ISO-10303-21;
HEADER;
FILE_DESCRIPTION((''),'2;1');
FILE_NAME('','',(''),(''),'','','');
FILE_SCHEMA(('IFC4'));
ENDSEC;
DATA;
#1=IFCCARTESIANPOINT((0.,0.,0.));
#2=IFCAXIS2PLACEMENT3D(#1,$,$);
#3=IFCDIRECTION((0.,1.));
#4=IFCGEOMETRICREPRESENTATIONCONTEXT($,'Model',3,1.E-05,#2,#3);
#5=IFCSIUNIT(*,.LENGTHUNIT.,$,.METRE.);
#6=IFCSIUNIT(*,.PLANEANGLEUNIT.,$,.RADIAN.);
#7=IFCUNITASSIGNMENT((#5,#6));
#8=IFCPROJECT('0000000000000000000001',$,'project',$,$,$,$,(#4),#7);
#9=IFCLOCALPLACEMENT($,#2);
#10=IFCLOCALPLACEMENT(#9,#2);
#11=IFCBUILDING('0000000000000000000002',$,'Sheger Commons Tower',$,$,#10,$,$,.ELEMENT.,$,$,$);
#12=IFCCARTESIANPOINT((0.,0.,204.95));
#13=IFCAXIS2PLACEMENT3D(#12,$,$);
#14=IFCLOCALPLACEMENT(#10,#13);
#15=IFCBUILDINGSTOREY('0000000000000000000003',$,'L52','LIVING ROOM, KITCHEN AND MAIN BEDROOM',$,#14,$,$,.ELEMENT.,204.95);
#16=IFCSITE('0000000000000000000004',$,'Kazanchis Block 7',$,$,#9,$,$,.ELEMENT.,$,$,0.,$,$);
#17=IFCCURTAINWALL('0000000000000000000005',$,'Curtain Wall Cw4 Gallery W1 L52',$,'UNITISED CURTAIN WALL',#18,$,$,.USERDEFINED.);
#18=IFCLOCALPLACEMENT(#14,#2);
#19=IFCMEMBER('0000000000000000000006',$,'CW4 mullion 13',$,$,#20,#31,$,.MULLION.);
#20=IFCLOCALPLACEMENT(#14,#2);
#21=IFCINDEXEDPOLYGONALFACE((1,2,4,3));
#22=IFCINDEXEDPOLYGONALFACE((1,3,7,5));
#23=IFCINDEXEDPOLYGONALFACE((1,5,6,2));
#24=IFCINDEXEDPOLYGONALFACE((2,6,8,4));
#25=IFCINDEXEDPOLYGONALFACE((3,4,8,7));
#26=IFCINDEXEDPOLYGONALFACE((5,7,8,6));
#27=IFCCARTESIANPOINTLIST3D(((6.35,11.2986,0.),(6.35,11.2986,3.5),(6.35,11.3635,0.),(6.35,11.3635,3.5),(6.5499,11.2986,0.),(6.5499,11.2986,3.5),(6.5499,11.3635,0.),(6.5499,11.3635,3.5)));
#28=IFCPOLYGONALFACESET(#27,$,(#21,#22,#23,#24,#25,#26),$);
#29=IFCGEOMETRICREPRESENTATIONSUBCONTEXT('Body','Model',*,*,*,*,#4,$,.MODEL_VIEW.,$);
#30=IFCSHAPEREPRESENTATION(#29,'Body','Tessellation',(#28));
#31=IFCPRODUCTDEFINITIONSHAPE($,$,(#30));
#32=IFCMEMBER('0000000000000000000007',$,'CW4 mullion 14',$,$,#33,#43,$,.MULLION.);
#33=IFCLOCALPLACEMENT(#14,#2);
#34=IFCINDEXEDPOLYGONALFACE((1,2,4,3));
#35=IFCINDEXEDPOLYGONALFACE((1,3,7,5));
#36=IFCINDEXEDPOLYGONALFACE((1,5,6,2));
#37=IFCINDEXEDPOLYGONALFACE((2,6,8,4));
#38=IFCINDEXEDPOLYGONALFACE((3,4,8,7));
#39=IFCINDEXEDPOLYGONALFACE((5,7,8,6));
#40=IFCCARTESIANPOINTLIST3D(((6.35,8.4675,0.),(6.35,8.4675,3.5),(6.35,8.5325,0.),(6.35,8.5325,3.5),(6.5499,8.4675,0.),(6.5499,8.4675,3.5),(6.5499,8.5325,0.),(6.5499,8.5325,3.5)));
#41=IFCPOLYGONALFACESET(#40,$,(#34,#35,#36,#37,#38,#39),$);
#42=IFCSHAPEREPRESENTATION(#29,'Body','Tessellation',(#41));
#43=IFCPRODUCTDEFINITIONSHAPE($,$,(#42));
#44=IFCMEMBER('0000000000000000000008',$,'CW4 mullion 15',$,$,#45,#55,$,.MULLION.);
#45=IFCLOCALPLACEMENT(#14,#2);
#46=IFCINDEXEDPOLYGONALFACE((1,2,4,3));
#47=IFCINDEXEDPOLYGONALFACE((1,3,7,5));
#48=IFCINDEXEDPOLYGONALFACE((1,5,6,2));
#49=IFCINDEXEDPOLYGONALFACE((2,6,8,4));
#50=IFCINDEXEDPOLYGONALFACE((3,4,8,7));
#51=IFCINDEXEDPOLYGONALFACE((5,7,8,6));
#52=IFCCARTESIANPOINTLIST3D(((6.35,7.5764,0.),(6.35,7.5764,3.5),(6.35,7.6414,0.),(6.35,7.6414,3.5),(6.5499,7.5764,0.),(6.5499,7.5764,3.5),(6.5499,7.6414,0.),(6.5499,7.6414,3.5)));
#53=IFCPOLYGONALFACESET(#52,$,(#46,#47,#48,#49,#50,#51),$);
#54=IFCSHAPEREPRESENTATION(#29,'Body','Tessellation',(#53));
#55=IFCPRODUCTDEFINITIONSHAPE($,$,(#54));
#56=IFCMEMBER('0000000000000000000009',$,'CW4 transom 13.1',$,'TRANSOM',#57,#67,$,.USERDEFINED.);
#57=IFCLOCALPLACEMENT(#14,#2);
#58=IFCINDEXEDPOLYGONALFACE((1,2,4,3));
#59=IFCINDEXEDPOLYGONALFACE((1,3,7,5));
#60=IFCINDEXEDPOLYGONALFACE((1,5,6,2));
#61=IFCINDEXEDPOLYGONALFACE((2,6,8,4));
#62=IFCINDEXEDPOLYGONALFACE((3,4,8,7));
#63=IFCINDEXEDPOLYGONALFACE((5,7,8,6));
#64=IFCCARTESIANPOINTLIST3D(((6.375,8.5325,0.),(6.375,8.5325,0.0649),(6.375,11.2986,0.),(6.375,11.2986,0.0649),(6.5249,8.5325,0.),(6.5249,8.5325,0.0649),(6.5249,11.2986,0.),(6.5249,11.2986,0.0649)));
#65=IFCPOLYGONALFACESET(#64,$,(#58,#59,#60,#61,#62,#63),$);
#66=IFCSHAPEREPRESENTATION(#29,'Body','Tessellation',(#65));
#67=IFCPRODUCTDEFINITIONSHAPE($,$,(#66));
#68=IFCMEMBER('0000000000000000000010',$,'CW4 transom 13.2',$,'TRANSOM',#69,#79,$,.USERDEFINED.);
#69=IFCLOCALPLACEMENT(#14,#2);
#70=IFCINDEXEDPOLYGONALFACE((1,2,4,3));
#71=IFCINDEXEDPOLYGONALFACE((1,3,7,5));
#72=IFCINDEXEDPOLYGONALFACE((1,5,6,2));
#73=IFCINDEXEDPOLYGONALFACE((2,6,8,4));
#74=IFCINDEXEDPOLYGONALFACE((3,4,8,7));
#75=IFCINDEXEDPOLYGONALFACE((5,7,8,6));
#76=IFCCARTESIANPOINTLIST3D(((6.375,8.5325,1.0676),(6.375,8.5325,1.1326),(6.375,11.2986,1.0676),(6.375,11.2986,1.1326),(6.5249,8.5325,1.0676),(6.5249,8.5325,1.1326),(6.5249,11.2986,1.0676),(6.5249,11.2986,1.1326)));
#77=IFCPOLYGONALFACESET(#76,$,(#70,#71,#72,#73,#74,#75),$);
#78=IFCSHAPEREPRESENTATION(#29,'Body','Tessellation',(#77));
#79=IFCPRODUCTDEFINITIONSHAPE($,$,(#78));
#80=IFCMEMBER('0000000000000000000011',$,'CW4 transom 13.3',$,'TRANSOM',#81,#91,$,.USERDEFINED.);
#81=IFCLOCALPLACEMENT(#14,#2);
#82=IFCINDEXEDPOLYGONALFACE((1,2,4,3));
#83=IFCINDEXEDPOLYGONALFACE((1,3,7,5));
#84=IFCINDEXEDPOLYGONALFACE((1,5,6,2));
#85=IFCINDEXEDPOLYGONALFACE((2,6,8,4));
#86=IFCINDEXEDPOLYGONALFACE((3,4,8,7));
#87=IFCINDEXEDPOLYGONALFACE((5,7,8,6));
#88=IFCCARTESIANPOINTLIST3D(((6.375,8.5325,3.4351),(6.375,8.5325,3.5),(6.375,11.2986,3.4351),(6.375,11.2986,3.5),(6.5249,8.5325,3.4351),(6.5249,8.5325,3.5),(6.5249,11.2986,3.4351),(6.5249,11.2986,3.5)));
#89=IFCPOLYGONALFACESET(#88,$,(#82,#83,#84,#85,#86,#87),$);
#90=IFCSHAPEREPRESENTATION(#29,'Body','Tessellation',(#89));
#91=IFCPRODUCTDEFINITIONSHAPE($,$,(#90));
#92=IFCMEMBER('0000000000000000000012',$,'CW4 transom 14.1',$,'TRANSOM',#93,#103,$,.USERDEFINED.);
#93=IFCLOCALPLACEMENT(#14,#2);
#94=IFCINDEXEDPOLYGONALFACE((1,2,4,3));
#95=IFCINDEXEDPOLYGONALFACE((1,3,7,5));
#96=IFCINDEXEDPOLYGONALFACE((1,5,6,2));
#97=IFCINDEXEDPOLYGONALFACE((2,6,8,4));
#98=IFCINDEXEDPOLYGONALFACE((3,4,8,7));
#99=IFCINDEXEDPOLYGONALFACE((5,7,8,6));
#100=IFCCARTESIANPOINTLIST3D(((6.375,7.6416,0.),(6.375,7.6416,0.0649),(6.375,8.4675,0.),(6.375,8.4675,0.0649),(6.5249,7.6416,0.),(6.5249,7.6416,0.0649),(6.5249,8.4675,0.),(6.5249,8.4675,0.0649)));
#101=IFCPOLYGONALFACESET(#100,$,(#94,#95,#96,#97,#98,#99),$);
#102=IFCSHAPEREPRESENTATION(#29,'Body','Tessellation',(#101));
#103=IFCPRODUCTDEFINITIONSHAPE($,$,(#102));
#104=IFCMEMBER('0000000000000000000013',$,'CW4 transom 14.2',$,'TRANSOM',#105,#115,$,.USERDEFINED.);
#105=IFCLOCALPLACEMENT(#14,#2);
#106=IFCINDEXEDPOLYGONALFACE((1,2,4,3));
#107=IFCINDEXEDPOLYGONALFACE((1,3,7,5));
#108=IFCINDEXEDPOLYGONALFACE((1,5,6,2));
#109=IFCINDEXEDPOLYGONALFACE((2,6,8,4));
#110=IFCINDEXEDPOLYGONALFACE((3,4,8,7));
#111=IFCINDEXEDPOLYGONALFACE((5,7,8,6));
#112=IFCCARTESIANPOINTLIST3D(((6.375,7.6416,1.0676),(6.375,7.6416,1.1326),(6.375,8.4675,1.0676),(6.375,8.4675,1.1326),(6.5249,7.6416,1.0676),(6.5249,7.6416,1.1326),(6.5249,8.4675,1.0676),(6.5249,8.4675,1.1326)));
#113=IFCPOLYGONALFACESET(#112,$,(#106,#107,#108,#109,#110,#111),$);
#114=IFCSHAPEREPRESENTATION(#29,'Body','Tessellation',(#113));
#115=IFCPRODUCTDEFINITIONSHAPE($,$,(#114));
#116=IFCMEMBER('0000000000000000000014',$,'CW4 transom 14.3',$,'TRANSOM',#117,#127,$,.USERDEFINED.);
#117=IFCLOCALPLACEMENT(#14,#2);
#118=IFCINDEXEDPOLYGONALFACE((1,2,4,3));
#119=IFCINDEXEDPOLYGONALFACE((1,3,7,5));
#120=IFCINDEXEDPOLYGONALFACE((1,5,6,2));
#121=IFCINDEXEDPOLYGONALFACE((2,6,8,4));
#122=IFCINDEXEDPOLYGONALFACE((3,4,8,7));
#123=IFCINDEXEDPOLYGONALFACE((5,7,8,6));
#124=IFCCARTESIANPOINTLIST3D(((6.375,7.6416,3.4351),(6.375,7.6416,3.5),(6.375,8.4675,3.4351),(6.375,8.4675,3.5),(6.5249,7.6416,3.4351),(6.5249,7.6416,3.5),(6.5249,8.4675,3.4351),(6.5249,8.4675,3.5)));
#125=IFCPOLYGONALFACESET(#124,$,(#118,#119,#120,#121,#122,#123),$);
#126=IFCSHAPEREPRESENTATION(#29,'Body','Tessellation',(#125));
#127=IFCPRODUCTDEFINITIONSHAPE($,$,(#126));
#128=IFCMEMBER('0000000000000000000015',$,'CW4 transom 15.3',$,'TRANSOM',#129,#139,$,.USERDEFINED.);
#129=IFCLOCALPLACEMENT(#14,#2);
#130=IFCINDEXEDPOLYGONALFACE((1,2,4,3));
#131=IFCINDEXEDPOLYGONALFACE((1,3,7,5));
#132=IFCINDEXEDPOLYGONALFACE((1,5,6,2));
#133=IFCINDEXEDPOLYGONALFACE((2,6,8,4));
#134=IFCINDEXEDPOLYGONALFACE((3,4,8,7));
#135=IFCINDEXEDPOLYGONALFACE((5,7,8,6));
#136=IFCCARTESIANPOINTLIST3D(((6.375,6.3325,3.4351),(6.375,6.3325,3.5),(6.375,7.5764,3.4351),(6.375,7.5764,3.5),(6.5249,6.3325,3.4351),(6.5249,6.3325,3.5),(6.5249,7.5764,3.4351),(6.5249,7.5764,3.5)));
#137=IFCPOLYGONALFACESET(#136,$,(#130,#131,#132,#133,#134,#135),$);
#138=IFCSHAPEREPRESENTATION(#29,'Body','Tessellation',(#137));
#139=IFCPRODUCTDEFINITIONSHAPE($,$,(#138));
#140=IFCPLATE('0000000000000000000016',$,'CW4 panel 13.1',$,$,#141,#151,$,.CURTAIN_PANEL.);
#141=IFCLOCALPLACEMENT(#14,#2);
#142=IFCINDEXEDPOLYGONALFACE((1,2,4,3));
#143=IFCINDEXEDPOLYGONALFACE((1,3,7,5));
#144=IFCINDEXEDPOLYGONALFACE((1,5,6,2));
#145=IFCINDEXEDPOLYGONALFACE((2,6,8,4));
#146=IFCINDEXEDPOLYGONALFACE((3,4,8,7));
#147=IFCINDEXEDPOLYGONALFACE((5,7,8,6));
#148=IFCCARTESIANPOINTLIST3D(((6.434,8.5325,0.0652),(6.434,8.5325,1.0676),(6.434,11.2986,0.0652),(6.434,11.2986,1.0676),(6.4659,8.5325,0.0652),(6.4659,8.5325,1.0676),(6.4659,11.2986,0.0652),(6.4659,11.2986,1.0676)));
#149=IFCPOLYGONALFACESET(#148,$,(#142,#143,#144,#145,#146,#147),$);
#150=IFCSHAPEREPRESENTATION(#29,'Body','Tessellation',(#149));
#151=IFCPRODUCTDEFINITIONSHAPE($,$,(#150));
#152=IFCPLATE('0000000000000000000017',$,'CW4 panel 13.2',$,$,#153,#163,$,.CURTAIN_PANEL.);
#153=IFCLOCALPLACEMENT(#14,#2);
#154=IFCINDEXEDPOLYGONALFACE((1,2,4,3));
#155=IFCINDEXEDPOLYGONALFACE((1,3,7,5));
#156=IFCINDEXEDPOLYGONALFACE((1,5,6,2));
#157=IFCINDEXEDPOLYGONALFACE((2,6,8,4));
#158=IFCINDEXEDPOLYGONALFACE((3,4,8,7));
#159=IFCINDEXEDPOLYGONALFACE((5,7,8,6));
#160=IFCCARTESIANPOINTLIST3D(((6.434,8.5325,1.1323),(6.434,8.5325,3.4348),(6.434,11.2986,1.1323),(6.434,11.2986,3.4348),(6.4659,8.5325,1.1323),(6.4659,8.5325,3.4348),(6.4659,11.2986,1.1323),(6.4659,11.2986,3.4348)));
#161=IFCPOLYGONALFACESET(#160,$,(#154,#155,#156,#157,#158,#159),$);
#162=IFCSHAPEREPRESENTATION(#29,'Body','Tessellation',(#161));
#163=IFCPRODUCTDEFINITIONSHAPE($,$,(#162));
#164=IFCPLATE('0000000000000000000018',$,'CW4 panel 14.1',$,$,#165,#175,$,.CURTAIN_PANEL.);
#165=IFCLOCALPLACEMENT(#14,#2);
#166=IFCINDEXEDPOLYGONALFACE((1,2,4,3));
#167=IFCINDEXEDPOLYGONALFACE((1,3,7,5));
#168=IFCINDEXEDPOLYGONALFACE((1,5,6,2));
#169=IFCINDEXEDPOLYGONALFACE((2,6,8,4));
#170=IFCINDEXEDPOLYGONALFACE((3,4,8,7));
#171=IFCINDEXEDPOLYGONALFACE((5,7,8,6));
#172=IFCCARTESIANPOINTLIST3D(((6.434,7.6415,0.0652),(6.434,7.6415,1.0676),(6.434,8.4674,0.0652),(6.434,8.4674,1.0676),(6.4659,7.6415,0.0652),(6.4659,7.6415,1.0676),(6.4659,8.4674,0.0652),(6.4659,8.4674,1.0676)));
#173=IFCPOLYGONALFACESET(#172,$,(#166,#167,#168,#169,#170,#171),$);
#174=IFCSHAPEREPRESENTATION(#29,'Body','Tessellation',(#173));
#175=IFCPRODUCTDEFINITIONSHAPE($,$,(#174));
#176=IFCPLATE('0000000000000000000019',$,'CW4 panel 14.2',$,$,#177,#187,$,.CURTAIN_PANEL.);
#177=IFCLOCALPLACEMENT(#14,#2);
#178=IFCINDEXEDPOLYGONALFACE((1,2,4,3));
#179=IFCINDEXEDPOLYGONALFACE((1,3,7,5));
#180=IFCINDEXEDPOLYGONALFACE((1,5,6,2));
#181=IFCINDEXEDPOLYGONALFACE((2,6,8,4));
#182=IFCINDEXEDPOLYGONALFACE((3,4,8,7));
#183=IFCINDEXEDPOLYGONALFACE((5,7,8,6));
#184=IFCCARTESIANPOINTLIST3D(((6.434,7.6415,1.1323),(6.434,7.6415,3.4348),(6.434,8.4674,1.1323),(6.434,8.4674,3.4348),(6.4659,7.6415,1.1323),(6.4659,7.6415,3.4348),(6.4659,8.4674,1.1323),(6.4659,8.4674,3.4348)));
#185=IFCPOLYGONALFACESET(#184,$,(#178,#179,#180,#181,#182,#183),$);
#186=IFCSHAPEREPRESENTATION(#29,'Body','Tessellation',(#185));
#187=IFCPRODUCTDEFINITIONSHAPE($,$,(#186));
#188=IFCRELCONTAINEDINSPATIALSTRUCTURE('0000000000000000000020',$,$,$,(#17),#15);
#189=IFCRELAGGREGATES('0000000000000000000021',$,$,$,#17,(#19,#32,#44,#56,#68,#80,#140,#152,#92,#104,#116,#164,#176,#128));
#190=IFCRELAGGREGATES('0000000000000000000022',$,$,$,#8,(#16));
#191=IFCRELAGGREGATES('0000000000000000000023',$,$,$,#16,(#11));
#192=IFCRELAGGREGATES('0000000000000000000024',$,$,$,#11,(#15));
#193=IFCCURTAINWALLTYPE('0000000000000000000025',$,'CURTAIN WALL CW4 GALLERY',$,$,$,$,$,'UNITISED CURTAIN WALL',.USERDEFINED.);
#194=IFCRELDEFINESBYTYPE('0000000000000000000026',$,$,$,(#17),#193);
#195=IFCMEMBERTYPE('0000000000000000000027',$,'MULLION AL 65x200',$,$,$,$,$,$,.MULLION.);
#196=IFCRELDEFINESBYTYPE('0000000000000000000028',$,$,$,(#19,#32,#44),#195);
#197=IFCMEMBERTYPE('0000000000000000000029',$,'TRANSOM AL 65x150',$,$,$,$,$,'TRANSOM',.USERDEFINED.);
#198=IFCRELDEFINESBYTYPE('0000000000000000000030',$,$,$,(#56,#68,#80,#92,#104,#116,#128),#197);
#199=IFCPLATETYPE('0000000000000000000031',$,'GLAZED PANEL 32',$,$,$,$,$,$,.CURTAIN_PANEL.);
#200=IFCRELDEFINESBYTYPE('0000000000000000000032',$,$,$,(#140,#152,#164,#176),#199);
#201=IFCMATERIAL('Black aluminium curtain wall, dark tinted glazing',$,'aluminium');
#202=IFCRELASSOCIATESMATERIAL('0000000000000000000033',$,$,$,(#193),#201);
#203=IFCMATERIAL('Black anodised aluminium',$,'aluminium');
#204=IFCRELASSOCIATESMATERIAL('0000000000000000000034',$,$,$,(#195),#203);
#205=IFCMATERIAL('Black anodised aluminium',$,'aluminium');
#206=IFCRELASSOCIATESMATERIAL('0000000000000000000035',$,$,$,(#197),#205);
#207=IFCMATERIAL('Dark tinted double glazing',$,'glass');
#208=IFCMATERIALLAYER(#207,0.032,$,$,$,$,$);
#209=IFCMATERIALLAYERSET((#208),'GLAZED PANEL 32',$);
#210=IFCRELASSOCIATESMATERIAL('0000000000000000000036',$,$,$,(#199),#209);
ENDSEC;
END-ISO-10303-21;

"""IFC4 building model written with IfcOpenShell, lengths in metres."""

from ifc_helpers import new_model, si_unit, direction, frame, origin, origin_2d, place, context, subcontext, project, spatial, rectangle, extrude, material, layer, layer_set, material_profile, profile_set, type_object, element, aggregate, save


model = new_model("IFC4")

# Units and contexts
model_context = context("Model", 3, precision=1e-05, world=origin(), true_north=direction((0.0, 1.0)))
body_context = subcontext(model_context, "Body", "Model", "MODEL_VIEW")
ifc_project = project(units=[si_unit("LENGTHUNIT", "METRE"), si_unit("PLANEANGLEUNIT", "RADIAN")], contexts=[model_context])

# Site, building, storey
site_placement = place(None, origin())
site = spatial("IfcSite", under=ifc_project, at=site_placement, Name="Kazanchis Block 7", CompositionType="ELEMENT", RefElevation=0.0)
building_placement = place(site_placement, origin())
building = spatial("IfcBuilding", under=site, at=building_placement, Name="Sheger Commons Tower", CompositionType="ELEMENT")
storey_placement = place(building_placement, frame((0.0, 0.0, 204.95)))
storey = spatial("IfcBuildingStorey", under=building, at=storey_placement, Name="L52", Description="LIVING ROOM, KITCHEN AND MAIN BEDROOM", CompositionType="ELEMENT", Elevation=204.95)

# Curtain wall, members, plates
ifc_material_1 = material(Name="Black aluminium curtain wall, dark tinted glazing", Category="aluminium")
curtain_wall_type = type_object("IfcCurtainWallType", Name="CURTAIN WALL CW4 GALLERY", ElementType="UNITISED CURTAIN WALL", PredefinedType="USERDEFINED", material=ifc_material_1)
curtain_wall_placement = place(storey_placement, origin())
curtain_wall = element("IfcCurtainWall", 1, at=curtain_wall_placement, inside=storey, type_object=curtain_wall_type, Name="Curtain Wall Cw4 Gallery W1 L52", ObjectType="UNITISED CURTAIN WALL", PredefinedType="USERDEFINED")
ifc_material_2 = material(Name="Black anodised aluminium", Category="aluminium")
ifc_material_profile_1 = material_profile(ifc_material_2, rectangle(XDim=0.2, YDim=0.0649, at=origin_2d()), Name="AL 65x200")
ifc_profile_set_1 = profile_set([ifc_material_profile_1], Name="Black anodised aluminium")
member_type_1 = type_object("IfcMemberType", Name="MULLION AL 65x200", PredefinedType="MULLION", material=ifc_profile_set_1)
member_1_placement = place(storey_placement, frame((6.45, 11.3311, 0.0), z_axis=(0.0, 0.0, 1.0), x_axis=(1.0, 0.0, 0.0)))
member_1 = element("IfcMember", 2, at=member_1_placement, type_object=member_type_1, Name="CW4 mullion 13", PredefinedType="MULLION", context=body_context, shape_type="SweptSolid", body=[
    extrude(rectangle(XDim=0.2, YDim=0.0649, at=origin_2d()), origin(), (0.0, 0.0, 1.0), 3.5),
])
member_2_placement = place(storey_placement, frame((6.45, 8.5, 0.0), z_axis=(0.0, 0.0, 1.0), x_axis=(1.0, 0.0, 0.0)))
member_2 = element("IfcMember", 3, at=member_2_placement, type_object=member_type_1, Name="CW4 mullion 14", PredefinedType="MULLION", context=body_context, shape_type="SweptSolid", body=[
    extrude(rectangle(XDim=0.2, YDim=0.0649, at=origin_2d()), origin(), (0.0, 0.0, 1.0), 3.5),
])
member_3_placement = place(storey_placement, frame((6.45, 7.6089, 0.0), z_axis=(0.0, 0.0, 1.0), x_axis=(1.0, 0.0, 0.0)))
member_3 = element("IfcMember", 4, at=member_3_placement, type_object=member_type_1, Name="CW4 mullion 15", PredefinedType="MULLION", context=body_context, shape_type="SweptSolid", body=[
    extrude(rectangle(XDim=0.2, YDim=0.0649, at=origin_2d()), origin(), (0.0, 0.0, 1.0), 3.5),
])
ifc_material_3 = material(Name="Black anodised aluminium", Category="aluminium")
ifc_material_profile_2 = material_profile(ifc_material_3, rectangle(XDim=0.1499, YDim=0.0649, at=origin_2d()), Name="AL 65x150")
ifc_profile_set_2 = profile_set([ifc_material_profile_2], Name="Black anodised aluminium")
member_type_2 = type_object("IfcMemberType", Name="TRANSOM AL 65x150", ElementType="TRANSOM", PredefinedType="USERDEFINED", material=ifc_profile_set_2)
member_4_placement = place(storey_placement, frame((6.45, 11.2986, 0.0325), z_axis=(0.0, -1.0, 0.0), x_axis=(1.0, 0.0, 0.0)))
member_4 = element("IfcMember", 5, at=member_4_placement, type_object=member_type_2, Name="CW4 transom 13.1", ObjectType="TRANSOM", PredefinedType="USERDEFINED", context=body_context, shape_type="SweptSolid", body=[
    extrude(rectangle(XDim=0.1499, YDim=0.0649, at=origin_2d()), origin(), (0.0, 0.0, 1.0), 2.7661),
])
member_5_placement = place(storey_placement, frame((6.45, 11.2986, 1.1001), z_axis=(0.0, -1.0, 0.0), x_axis=(1.0, 0.0, 0.0)))
member_5 = element("IfcMember", 6, at=member_5_placement, type_object=member_type_2, Name="CW4 transom 13.2", ObjectType="TRANSOM", PredefinedType="USERDEFINED", context=body_context, shape_type="SweptSolid", body=[
    extrude(rectangle(XDim=0.1499, YDim=0.0649, at=origin_2d()), origin(), (0.0, 0.0, 1.0), 2.7661),
])
member_6_placement = place(storey_placement, frame((6.45, 11.2986, 3.4675), z_axis=(0.0, -1.0, 0.0), x_axis=(1.0, 0.0, 0.0)))
member_6 = element("IfcMember", 7, at=member_6_placement, type_object=member_type_2, Name="CW4 transom 13.3", ObjectType="TRANSOM", PredefinedType="USERDEFINED", context=body_context, shape_type="SweptSolid", body=[
    extrude(rectangle(XDim=0.1499, YDim=0.0649, at=origin_2d()), origin(), (0.0, 0.0, 1.0), 2.7661),
])
member_7_placement = place(storey_placement, frame((6.45, 8.4675, 0.0325), z_axis=(0.0, -1.0, 0.0), x_axis=(1.0, 0.0, 0.0)))
member_7 = element("IfcMember", 8, at=member_7_placement, type_object=member_type_2, Name="CW4 transom 14.1", ObjectType="TRANSOM", PredefinedType="USERDEFINED", context=body_context, shape_type="SweptSolid", body=[
    extrude(rectangle(XDim=0.1499, YDim=0.0649, at=origin_2d()), origin(), (0.0, 0.0, 1.0), 0.8259),
])
member_8_placement = place(storey_placement, frame((6.45, 8.4675, 1.1001), z_axis=(0.0, -1.0, 0.0), x_axis=(1.0, 0.0, 0.0)))
member_8 = element("IfcMember", 9, at=member_8_placement, type_object=member_type_2, Name="CW4 transom 14.2", ObjectType="TRANSOM", PredefinedType="USERDEFINED", context=body_context, shape_type="SweptSolid", body=[
    extrude(rectangle(XDim=0.1499, YDim=0.0649, at=origin_2d()), origin(), (0.0, 0.0, 1.0), 0.8259),
])
member_9_placement = place(storey_placement, frame((6.45, 8.4675, 3.4675), z_axis=(0.0, -1.0, 0.0), x_axis=(1.0, 0.0, 0.0)))
member_9 = element("IfcMember", 10, at=member_9_placement, type_object=member_type_2, Name="CW4 transom 14.3", ObjectType="TRANSOM", PredefinedType="USERDEFINED", context=body_context, shape_type="SweptSolid", body=[
    extrude(rectangle(XDim=0.1499, YDim=0.0649, at=origin_2d()), origin(), (0.0, 0.0, 1.0), 0.8259),
])
member_10_placement = place(storey_placement, frame((6.45, 7.5764, 3.4675), z_axis=(0.0, -1.0, 0.0), x_axis=(1.0, 0.0, 0.0)))
member_10 = element("IfcMember", 11, at=member_10_placement, type_object=member_type_2, Name="CW4 transom 15.3", ObjectType="TRANSOM", PredefinedType="USERDEFINED", context=body_context, shape_type="SweptSolid", body=[
    extrude(rectangle(XDim=0.1499, YDim=0.0649, at=origin_2d()), origin(), (0.0, 0.0, 1.0), 1.2439),
])
ifc_material_4 = material(Name="Dark tinted double glazing", Category="glass")
ifc_layer = layer(ifc_material_4, 0.032)
ifc_layer_set = layer_set([ifc_layer], Name="GLAZED PANEL 32")
plate_type = type_object("IfcPlateType", Name="GLAZED PANEL 32", PredefinedType="CURTAIN_PANEL", material=ifc_layer_set)
plate_1_placement = place(storey_placement, frame((6.45, 9.9155, 0.0652), z_axis=(0.0, 0.0, 1.0), x_axis=(0.0, -1.0, 0.0)))
plate_1 = element("IfcPlate", 12, at=plate_1_placement, type_object=plate_type, Name="CW4 panel 13.1", PredefinedType="CURTAIN_PANEL", context=body_context, shape_type="SweptSolid", body=[
    extrude(rectangle(XDim=2.7661, YDim=0.032, at=origin_2d()), origin(), (0.0, 0.0, 1.0), 1.0024),
])
plate_2_placement = place(storey_placement, frame((6.45, 9.9155, 1.1323), z_axis=(0.0, 0.0, 1.0), x_axis=(0.0, -1.0, 0.0)))
plate_2 = element("IfcPlate", 13, at=plate_2_placement, type_object=plate_type, Name="CW4 panel 13.2", PredefinedType="CURTAIN_PANEL", context=body_context, shape_type="SweptSolid", body=[
    extrude(rectangle(XDim=2.7661, YDim=0.032, at=origin_2d()), origin(), (0.0, 0.0, 1.0), 2.3025),
])
plate_3_placement = place(storey_placement, frame((6.45, 8.0544, 0.0652), z_axis=(0.0, 0.0, 1.0), x_axis=(0.0, -1.0, 0.0)))
plate_3 = element("IfcPlate", 14, at=plate_3_placement, type_object=plate_type, Name="CW4 panel 14.1", PredefinedType="CURTAIN_PANEL", context=body_context, shape_type="SweptSolid", body=[
    extrude(rectangle(XDim=0.8259, YDim=0.032, at=origin_2d()), origin(), (0.0, 0.0, 1.0), 1.0024),
])
plate_4_placement = place(storey_placement, frame((6.45, 8.0544, 1.1323), z_axis=(0.0, 0.0, 1.0), x_axis=(0.0, -1.0, 0.0)))
plate_4 = element("IfcPlate", 15, at=plate_4_placement, type_object=plate_type, Name="CW4 panel 14.2", PredefinedType="CURTAIN_PANEL", context=body_context, shape_type="SweptSolid", body=[
    extrude(rectangle(XDim=0.8259, YDim=0.032, at=origin_2d()), origin(), (0.0, 0.0, 1.0), 2.3025),
])
aggregate(curtain_wall, [member_1, member_2, member_3, member_4, member_5, member_6, plate_1, plate_2, member_7, member_8, member_9, plate_3, plate_4, member_10])

save(model, "model.ifc")
